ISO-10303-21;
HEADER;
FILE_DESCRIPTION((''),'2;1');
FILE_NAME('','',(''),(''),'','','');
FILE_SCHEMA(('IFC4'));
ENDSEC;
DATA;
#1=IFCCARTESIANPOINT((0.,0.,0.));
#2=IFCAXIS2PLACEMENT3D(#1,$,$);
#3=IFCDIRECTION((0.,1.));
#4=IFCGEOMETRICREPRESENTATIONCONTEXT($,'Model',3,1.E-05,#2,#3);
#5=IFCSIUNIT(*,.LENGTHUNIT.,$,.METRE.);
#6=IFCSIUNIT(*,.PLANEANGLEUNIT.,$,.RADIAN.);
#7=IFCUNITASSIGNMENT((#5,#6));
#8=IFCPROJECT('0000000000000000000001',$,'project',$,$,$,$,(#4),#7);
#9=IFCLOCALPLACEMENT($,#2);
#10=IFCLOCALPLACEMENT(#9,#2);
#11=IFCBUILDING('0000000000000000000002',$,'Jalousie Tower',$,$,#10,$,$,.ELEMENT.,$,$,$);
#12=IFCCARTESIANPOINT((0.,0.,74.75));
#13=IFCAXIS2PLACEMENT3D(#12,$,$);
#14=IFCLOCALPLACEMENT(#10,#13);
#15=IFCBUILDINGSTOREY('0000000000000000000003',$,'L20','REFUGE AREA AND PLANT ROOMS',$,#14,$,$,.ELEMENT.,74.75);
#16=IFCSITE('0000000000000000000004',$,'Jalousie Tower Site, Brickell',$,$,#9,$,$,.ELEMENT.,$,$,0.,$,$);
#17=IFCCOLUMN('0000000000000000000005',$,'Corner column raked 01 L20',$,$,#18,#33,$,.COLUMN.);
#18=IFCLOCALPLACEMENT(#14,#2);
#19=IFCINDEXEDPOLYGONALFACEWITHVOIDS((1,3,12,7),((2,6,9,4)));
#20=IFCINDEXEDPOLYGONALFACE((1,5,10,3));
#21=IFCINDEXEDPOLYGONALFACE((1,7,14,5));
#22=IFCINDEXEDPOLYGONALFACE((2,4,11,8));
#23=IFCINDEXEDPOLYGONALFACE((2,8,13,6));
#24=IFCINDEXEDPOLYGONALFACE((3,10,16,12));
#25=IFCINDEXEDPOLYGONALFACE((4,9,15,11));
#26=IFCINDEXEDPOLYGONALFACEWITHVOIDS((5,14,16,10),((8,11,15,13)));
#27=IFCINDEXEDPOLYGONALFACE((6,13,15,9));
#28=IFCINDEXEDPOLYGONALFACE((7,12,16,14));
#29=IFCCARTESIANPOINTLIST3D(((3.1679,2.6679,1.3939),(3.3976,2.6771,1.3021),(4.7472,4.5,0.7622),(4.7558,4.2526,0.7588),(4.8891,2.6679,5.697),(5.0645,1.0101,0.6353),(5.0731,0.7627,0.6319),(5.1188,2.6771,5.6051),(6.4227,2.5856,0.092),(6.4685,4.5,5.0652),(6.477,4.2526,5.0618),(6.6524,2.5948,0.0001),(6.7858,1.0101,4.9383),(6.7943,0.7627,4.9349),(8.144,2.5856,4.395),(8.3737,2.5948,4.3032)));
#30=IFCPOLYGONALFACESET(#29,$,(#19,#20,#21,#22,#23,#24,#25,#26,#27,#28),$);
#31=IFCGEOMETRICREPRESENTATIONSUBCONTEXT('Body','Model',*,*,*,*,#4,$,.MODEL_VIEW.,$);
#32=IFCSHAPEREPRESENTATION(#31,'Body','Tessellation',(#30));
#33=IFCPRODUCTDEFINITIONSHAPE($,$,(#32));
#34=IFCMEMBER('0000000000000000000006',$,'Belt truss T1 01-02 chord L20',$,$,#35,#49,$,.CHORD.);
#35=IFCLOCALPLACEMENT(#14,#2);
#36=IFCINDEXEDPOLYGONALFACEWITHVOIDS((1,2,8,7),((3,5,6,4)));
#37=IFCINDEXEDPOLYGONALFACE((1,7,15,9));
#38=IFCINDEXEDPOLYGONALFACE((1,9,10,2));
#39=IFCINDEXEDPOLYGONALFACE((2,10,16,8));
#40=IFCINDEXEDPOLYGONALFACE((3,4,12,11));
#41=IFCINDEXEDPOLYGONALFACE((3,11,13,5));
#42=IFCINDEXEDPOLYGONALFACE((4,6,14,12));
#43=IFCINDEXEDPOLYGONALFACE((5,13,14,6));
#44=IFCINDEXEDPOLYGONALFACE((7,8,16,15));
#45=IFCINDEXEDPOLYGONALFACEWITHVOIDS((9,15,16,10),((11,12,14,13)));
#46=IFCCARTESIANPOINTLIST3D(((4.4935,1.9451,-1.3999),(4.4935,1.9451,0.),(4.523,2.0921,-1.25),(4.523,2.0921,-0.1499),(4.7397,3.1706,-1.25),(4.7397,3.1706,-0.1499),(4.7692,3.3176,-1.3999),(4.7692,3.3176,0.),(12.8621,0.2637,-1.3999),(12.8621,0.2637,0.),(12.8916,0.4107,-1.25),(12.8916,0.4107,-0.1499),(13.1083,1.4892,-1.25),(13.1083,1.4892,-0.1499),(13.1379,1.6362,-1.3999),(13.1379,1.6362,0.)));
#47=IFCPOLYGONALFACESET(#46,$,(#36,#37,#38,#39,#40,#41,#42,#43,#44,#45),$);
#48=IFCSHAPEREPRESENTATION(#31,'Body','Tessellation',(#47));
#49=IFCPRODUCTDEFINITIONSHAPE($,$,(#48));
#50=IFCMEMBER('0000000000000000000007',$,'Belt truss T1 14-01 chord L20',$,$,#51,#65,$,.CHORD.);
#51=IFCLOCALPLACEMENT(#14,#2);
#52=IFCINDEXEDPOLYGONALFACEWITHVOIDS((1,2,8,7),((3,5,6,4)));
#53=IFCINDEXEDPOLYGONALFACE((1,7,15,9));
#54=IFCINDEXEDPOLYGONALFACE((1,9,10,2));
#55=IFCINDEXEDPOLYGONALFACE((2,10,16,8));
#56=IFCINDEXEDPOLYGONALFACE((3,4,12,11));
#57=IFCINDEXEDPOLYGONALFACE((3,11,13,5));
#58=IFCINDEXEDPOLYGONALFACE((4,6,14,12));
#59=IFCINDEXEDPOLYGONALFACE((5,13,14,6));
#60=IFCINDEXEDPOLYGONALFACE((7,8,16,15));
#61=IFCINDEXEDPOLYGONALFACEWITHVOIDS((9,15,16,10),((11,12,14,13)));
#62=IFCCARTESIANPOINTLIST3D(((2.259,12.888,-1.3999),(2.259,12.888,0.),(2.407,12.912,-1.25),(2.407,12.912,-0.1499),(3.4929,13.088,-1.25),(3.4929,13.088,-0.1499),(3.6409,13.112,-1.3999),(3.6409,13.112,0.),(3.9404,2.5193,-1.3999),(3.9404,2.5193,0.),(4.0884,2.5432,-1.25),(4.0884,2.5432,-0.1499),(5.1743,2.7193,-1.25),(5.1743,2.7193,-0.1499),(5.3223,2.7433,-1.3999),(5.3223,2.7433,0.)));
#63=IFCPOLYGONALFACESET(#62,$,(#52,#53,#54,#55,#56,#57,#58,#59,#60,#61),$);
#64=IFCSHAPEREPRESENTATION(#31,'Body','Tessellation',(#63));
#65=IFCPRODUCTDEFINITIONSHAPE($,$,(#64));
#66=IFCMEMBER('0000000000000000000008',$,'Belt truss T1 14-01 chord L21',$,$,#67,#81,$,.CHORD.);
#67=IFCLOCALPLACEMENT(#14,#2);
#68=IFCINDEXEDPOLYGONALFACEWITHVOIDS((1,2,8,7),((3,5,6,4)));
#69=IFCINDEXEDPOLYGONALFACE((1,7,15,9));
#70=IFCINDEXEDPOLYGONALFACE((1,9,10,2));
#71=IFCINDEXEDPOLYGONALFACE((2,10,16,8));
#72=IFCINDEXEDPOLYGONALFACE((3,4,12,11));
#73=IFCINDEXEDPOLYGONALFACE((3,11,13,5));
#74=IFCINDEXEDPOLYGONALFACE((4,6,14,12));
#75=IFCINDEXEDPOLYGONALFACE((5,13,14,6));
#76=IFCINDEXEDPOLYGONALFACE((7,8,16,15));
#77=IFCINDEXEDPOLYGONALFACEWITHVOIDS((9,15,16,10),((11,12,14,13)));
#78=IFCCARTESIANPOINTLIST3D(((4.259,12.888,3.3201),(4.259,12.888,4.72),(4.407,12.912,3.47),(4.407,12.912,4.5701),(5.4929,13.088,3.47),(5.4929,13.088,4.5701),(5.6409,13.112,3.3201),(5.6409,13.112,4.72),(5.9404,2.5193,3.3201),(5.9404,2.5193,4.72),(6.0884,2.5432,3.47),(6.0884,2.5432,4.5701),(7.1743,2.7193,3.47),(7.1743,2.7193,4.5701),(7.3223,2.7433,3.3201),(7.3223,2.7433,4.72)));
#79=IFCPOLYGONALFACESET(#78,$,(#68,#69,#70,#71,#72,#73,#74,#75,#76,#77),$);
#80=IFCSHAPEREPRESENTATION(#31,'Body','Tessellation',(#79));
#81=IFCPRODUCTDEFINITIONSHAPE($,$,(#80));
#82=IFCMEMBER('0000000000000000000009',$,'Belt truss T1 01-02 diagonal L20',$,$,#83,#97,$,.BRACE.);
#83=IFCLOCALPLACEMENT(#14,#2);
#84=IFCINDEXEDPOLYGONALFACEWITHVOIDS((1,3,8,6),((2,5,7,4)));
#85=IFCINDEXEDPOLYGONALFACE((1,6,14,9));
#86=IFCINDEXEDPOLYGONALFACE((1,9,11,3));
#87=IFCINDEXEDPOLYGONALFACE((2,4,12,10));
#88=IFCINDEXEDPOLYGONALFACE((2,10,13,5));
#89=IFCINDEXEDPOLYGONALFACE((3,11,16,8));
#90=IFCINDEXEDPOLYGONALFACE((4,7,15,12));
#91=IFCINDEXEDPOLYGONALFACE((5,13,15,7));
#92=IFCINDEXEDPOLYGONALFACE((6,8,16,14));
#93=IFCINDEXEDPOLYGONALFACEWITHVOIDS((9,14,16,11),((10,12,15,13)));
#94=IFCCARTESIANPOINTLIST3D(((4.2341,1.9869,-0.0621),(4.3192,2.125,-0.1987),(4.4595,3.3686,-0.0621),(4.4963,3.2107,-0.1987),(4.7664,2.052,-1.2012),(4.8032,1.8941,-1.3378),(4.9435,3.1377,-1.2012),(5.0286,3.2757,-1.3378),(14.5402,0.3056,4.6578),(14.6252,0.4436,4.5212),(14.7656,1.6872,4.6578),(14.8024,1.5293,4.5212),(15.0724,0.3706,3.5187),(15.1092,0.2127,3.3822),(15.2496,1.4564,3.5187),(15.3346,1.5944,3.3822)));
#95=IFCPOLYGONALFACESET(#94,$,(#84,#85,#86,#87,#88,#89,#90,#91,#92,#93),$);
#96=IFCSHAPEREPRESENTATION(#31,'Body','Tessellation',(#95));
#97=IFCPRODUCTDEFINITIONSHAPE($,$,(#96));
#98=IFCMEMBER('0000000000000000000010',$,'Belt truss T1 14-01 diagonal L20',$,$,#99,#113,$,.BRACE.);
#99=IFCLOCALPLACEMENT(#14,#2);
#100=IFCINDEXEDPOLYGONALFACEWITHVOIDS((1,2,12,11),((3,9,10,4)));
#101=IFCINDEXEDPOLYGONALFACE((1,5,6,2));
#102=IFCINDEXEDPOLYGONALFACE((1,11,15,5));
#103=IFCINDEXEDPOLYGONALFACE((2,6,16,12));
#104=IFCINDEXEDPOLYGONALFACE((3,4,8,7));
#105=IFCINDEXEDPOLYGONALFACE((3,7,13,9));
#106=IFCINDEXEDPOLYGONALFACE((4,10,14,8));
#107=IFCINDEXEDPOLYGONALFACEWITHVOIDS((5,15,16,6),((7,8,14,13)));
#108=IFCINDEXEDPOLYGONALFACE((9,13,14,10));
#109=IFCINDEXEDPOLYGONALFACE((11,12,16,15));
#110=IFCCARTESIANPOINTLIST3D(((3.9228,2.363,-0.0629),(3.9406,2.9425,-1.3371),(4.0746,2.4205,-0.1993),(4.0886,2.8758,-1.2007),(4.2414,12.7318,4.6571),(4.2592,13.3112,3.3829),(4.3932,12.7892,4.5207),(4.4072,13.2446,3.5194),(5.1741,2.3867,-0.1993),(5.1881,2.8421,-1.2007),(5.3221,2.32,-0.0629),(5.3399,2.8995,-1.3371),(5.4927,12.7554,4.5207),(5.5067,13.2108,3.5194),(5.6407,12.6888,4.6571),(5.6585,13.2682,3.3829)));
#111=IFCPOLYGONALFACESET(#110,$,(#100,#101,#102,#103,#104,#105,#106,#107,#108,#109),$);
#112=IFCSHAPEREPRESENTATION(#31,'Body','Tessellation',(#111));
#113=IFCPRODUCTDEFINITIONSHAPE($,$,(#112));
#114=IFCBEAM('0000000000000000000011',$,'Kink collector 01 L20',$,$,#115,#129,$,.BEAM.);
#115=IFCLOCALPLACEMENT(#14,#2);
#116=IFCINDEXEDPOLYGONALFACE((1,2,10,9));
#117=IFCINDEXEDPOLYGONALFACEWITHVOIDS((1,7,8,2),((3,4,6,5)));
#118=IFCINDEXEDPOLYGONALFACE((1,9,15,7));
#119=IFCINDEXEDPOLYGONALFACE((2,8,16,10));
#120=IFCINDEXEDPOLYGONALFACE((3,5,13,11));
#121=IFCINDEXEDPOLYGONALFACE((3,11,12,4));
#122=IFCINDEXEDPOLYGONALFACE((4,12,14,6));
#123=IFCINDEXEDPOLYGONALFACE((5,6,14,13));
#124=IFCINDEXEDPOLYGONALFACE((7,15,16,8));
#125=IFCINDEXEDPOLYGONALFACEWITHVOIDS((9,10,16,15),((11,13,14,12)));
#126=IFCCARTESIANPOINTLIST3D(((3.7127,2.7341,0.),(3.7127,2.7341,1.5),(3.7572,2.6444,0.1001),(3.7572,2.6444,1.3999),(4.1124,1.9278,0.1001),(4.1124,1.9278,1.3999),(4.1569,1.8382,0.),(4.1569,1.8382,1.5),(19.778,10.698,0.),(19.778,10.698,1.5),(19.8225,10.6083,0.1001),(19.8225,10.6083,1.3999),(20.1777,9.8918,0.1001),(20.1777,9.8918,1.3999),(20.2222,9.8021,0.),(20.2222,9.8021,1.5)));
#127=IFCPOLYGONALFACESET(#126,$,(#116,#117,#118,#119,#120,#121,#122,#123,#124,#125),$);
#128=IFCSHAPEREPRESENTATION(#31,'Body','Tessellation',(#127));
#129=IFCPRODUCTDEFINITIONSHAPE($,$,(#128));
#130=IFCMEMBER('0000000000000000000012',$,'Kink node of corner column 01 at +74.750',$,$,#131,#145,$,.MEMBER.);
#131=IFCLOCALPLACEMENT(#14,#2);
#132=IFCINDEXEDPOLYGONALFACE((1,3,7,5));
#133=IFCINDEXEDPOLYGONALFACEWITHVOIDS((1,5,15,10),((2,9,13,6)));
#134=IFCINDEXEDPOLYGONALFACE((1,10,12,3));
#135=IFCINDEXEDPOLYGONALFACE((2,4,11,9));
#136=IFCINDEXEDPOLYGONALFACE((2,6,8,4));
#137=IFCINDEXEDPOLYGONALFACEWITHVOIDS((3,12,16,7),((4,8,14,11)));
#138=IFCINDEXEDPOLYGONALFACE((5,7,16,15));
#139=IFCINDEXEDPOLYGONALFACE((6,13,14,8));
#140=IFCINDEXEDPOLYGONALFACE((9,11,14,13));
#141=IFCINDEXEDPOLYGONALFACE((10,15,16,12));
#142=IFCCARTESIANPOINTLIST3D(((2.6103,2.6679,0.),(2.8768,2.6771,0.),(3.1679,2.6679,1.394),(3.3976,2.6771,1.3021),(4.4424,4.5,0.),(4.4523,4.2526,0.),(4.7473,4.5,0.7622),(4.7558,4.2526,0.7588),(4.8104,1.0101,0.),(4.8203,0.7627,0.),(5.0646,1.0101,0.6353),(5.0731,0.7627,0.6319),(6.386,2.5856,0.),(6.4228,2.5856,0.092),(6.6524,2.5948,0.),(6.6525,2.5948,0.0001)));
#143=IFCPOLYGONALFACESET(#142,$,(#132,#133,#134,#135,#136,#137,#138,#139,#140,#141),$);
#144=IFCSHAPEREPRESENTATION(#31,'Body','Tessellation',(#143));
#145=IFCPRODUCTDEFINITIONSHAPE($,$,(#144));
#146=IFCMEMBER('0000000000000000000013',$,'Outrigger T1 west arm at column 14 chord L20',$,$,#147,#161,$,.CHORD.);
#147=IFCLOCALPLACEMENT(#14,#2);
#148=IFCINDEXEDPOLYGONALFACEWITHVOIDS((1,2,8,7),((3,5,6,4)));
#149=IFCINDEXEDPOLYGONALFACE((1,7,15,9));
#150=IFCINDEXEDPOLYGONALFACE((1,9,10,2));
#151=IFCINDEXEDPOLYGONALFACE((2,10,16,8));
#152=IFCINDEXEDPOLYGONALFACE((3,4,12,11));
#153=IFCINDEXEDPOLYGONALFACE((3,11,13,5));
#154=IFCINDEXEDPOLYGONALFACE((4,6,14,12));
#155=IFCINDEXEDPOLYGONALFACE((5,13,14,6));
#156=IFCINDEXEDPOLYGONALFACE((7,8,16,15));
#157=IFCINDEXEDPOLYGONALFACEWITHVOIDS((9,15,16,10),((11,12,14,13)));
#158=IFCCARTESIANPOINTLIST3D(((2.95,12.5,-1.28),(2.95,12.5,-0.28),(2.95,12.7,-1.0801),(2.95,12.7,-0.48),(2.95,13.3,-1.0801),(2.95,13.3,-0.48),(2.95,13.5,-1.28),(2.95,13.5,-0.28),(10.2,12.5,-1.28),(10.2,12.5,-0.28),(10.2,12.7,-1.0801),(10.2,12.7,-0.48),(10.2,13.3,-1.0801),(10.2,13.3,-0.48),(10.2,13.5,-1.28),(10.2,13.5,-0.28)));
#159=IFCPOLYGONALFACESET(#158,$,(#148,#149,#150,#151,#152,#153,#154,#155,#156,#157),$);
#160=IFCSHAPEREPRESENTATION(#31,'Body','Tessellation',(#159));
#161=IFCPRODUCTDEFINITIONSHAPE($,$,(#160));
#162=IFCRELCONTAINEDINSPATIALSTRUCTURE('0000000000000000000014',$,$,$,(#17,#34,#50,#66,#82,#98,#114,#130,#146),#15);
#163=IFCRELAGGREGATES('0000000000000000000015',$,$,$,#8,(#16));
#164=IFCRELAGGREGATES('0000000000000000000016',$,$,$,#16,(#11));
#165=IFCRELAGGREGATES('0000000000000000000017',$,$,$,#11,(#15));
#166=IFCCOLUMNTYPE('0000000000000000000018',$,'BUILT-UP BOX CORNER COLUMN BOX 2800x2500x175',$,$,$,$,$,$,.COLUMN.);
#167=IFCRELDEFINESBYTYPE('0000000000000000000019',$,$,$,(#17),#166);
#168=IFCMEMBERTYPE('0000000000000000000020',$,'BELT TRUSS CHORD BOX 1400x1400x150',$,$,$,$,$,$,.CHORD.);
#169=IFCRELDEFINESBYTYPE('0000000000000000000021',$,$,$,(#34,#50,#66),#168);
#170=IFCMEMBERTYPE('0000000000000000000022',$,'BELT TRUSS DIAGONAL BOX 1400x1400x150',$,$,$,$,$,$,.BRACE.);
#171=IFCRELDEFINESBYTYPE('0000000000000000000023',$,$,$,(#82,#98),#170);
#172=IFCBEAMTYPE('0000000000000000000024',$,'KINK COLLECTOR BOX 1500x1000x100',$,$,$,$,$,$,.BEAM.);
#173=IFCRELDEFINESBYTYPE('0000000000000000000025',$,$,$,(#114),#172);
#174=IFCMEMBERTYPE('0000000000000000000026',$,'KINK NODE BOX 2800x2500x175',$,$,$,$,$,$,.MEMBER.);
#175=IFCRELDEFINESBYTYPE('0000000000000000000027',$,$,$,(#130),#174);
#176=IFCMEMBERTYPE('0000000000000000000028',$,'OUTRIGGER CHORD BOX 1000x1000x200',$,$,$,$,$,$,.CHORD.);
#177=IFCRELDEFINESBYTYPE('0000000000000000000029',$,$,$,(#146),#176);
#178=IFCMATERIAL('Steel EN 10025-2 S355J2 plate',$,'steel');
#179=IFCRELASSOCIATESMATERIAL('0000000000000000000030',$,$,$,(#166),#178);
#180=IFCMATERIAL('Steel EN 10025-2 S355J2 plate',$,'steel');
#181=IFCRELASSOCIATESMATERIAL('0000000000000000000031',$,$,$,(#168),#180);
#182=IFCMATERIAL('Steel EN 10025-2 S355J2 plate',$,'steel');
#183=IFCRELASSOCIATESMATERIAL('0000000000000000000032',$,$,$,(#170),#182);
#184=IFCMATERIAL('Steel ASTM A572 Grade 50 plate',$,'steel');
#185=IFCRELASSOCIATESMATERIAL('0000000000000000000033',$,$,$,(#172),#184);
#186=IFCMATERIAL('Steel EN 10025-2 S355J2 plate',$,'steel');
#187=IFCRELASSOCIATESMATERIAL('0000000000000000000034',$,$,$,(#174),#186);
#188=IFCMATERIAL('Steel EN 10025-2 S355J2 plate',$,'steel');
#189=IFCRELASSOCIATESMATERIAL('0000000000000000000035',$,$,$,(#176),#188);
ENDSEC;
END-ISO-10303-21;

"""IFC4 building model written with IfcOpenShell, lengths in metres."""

from ifc_helpers import new_model, si_unit, direction, frame, origin, origin_2d, place, context, subcontext, project, spatial, hollow_rectangle, extrude, clip, halfspace, material, material_profile, profile_set, type_object, element, save


model = new_model("IFC4")

# Units and contexts
model_context = context("Model", 3, precision=1e-05, world=origin(), true_north=direction((0.0, 1.0)))
body_context = subcontext(model_context, "Body", "Model", "MODEL_VIEW")
ifc_project = project(units=[si_unit("LENGTHUNIT", "METRE"), si_unit("PLANEANGLEUNIT", "RADIAN")], contexts=[model_context])

# Site, building, storey
site_placement = place(None, origin())
site = spatial("IfcSite", under=ifc_project, at=site_placement, Name="Jalousie Tower Site, Brickell", CompositionType="ELEMENT", RefElevation=0.0)
building_placement = place(site_placement, origin())
building = spatial("IfcBuilding", under=site, at=building_placement, Name="Jalousie Tower", CompositionType="ELEMENT")
storey_placement = place(building_placement, frame((0.0, 0.0, 74.75)))
storey = spatial("IfcBuildingStorey", under=building, at=storey_placement, Name="L20", Description="REFUGE AREA AND PLANT ROOMS", CompositionType="ELEMENT", Elevation=74.75)

# Column
ifc_material_1 = material(Name="Steel EN 10025-2 S355J2 plate", Category="steel")
ifc_material_profile_1 = material_profile(ifc_material_1, hollow_rectangle(XDim=2.5, YDim=2.8, WallThickness=0.175, at=origin_2d()), Name="BOX 2800x2500x175")
ifc_profile_set_1 = profile_set([ifc_material_profile_1], Name="Steel EN 10025-2 S355J2 plate")
column_type = type_object("IfcColumnType", Name="BUILT-UP BOX CORNER COLUMN BOX 2800x2500x175", PredefinedType="COLUMN", material=ifc_profile_set_1)
column_placement = place(storey_placement, frame((4.9102, 2.6313, 0.697), z_axis=(0.371391, 0.0, 0.928477), x_axis=(0.631749, 0.732828, -0.252699)))
element("IfcColumn", 1, at=column_placement, inside=storey, type_object=column_type, Name="Corner column raked 01 L20", PredefinedType="COLUMN", context=body_context, shape_type="SweptSolid", body=[
    extrude(hollow_rectangle(XDim=2.5, YDim=2.8, WallThickness=0.175, at=origin_2d()), origin(), (0.0, 0.0, 1.0), 4.6345),
])

# Members
ifc_material_2 = material(Name="Steel EN 10025-2 S355J2 plate", Category="steel")
ifc_material_profile_2 = material_profile(ifc_material_2, hollow_rectangle(XDim=1.3999, YDim=1.3999, WallThickness=0.1499, at=origin_2d()), Name="BOX 1400x1400x150")
ifc_profile_set_2 = profile_set([ifc_material_profile_2], Name="Steel EN 10025-2 S355J2 plate")
member_type_1 = type_object("IfcMemberType", Name="BELT TRUSS CHORD BOX 1400x1400x150", PredefinedType="CHORD", material=ifc_profile_set_2)
member_1_placement = place(storey_placement, frame((4.6313, 2.6313, -0.7), z_axis=(0.980408, -0.19698, 0.0), x_axis=(0.19698, 0.980408, 0.0)))
element("IfcMember", 2, at=member_1_placement, inside=storey, type_object=member_type_1, Name="Belt truss T1 01-02 chord L20", PredefinedType="CHORD", context=body_context, shape_type="SweptSolid", body=[
    extrude(hollow_rectangle(XDim=1.3999, YDim=1.3999, WallThickness=0.1499, at=origin_2d()), origin(), (0.0, 0.0, 1.0), 8.5359),
])
for number, where, z_axis, x_axis, name in (
    (3, (2.95, 13.0, -0.7), (0.160071, -0.987106, 0.0), (0.987106, 0.160071, 0.0), "Belt truss T1 14-01 chord L20"),
    (4, (4.95, 13.0, 4.02), (0.160071, -0.987106, 0.0), (0.987106, 0.160071, 0.0), "Belt truss T1 14-01 chord L21"),
):
    element("IfcMember", number, at=place(storey_placement, frame(where, z_axis=z_axis, x_axis=x_axis)), inside=storey, type_object=member_type_1, Name=name, PredefinedType="CHORD", context=body_context, shape_type="SweptSolid", body=[
        extrude(hollow_rectangle(XDim=1.3999, YDim=1.3999, WallThickness=0.1499, at=origin_2d()), origin(), (0.0, 0.0, 1.0), 10.5042),
    ])
ifc_material_3 = material(Name="Steel EN 10025-2 S355J2 plate", Category="steel")
ifc_material_profile_3 = material_profile(ifc_material_3, hollow_rectangle(XDim=1.3999, YDim=1.3999, WallThickness=0.1499, at=origin_2d()), Name="BOX 1400x1400x150")
ifc_profile_set_3 = profile_set([ifc_material_profile_3], Name="Steel EN 10025-2 S355J2 plate")
member_type_2 = type_object("IfcMemberType", Name="BELT TRUSS DIAGONAL BOX 1400x1400x150", PredefinedType="BRACE", material=ifc_profile_set_3)
member_2_placement = place(storey_placement, frame((4.6313, 2.6313, -0.7), z_axis=(0.899348, -0.146724, 0.41188), x_axis=(0.161016, 0.986952, 0.0)))
element("IfcMember", 5, at=member_2_placement, inside=storey, type_object=member_type_2, Name="Belt truss T1 01-02 diagonal L20", PredefinedType="BRACE", context=body_context, shape_type="SweptSolid", body=[
    extrude(hollow_rectangle(XDim=1.3999, YDim=1.3999, WallThickness=0.1499, at=origin_2d()), origin(), (0.0, 0.0, 1.0), 11.4595),
])
member_3_placement = place(storey_placement, frame((4.95, 13.0, 4.02), z_axis=(-0.027955, -0.909781, -0.414146), x_axis=(0.999528, -0.030713, 0.0)))
element("IfcMember", 6, at=member_3_placement, inside=storey, type_object=member_type_2, Name="Belt truss T1 14-01 diagonal L20", PredefinedType="BRACE", context=body_context, shape_type="SweptSolid", body=[
    extrude(hollow_rectangle(XDim=1.3999, YDim=1.3999, WallThickness=0.1499, at=origin_2d()), origin(), (0.0, 0.0, 1.0), 11.397),
])

# Beam
ifc_material_4 = material(Name="Steel ASTM A572 Grade 50 plate", Category="steel")
ifc_material_profile_4 = material_profile(ifc_material_4, hollow_rectangle(XDim=1.0, YDim=1.5, WallThickness=0.1001, at=origin_2d()), Name="BOX 1500x1000x100")
ifc_profile_set_4 = profile_set([ifc_material_profile_4], Name="Steel ASTM A572 Grade 50 plate")
beam_type = type_object("IfcBeamType", Name="KINK COLLECTOR BOX 1500x1000x100", PredefinedType="BEAM", material=ifc_profile_set_4)
beam_placement = place(storey_placement, frame((3.9348, 2.2861, 0.75), z_axis=(0.895955, 0.444145, 0.0), x_axis=(-0.444145, 0.895955, 0.0)))
element("IfcBeam", 7, at=beam_placement, inside=storey, type_object=beam_type, Name="Kink collector 01 L20", PredefinedType="BEAM", context=body_context, shape_type="SweptSolid", body=[
    extrude(hollow_rectangle(XDim=1.0, YDim=1.5, WallThickness=0.1001, at=origin_2d()), origin(), (0.0, 0.0, 1.0), 17.9309),
])

# Members
ifc_material_5 = material(Name="Steel EN 10025-2 S355J2 plate", Category="steel")
ifc_material_profile_5 = material_profile(ifc_material_5, hollow_rectangle(XDim=2.5, YDim=2.8, WallThickness=0.175, at=origin_2d()), Name="BOX 2800x2500x175")
ifc_profile_set_5 = profile_set([ifc_material_profile_5], Name="Steel EN 10025-2 S355J2 plate")
member_type_3 = type_object("IfcMemberType", Name="KINK NODE BOX 2800x2500x175", PredefinedType="MEMBER", material=ifc_profile_set_5)
member_4_placement = place(storey_placement, frame((4.3525, 2.6313, -0.697), z_axis=(0.371391, 0.0, 0.928477), x_axis=(0.631749, 0.732828, -0.252699)))
element("IfcMember", 8, at=member_4_placement, inside=storey, type_object=member_type_3, Name="Kink node of corner column 01 at +74.750", PredefinedType="MEMBER", context=body_context, shape_type="Clipping", body=[
    clip(extrude(hollow_rectangle(XDim=2.5, YDim=2.8, WallThickness=0.175, at=origin_2d()), origin(), (0.0, 0.0, 1.0), 1.5015), halfspace(frame((0.0, 0.0, 0.7507), z_axis=(-0.252699, 0.272165, 0.928477)), True)),
])
ifc_material_6 = material(Name="Steel EN 10025-2 S355J2 plate", Category="steel")
ifc_material_profile_6 = material_profile(ifc_material_6, hollow_rectangle(XDim=1.0, YDim=1.0, WallThickness=0.2, at=origin_2d()), Name="BOX 1000x1000x200")
ifc_profile_set_6 = profile_set([ifc_material_profile_6], Name="Steel EN 10025-2 S355J2 plate")
member_type_4 = type_object("IfcMemberType", Name="OUTRIGGER CHORD BOX 1000x1000x200", PredefinedType="CHORD", material=ifc_profile_set_6)
member_5_placement = place(storey_placement, frame((2.95, 13.0, -0.78), z_axis=(1.0, 0.0, 0.0), x_axis=(0.0, 1.0, 0.0)))
element("IfcMember", 9, at=member_5_placement, inside=storey, type_object=member_type_4, Name="Outrigger T1 west arm at column 14 chord L20", PredefinedType="CHORD", context=body_context, shape_type="SweptSolid", body=[
    extrude(hollow_rectangle(XDim=1.0, YDim=1.0, WallThickness=0.2, at=origin_2d()), origin(), (0.0, 0.0, 1.0), 7.25),
])

save(model, "model.ifc")
